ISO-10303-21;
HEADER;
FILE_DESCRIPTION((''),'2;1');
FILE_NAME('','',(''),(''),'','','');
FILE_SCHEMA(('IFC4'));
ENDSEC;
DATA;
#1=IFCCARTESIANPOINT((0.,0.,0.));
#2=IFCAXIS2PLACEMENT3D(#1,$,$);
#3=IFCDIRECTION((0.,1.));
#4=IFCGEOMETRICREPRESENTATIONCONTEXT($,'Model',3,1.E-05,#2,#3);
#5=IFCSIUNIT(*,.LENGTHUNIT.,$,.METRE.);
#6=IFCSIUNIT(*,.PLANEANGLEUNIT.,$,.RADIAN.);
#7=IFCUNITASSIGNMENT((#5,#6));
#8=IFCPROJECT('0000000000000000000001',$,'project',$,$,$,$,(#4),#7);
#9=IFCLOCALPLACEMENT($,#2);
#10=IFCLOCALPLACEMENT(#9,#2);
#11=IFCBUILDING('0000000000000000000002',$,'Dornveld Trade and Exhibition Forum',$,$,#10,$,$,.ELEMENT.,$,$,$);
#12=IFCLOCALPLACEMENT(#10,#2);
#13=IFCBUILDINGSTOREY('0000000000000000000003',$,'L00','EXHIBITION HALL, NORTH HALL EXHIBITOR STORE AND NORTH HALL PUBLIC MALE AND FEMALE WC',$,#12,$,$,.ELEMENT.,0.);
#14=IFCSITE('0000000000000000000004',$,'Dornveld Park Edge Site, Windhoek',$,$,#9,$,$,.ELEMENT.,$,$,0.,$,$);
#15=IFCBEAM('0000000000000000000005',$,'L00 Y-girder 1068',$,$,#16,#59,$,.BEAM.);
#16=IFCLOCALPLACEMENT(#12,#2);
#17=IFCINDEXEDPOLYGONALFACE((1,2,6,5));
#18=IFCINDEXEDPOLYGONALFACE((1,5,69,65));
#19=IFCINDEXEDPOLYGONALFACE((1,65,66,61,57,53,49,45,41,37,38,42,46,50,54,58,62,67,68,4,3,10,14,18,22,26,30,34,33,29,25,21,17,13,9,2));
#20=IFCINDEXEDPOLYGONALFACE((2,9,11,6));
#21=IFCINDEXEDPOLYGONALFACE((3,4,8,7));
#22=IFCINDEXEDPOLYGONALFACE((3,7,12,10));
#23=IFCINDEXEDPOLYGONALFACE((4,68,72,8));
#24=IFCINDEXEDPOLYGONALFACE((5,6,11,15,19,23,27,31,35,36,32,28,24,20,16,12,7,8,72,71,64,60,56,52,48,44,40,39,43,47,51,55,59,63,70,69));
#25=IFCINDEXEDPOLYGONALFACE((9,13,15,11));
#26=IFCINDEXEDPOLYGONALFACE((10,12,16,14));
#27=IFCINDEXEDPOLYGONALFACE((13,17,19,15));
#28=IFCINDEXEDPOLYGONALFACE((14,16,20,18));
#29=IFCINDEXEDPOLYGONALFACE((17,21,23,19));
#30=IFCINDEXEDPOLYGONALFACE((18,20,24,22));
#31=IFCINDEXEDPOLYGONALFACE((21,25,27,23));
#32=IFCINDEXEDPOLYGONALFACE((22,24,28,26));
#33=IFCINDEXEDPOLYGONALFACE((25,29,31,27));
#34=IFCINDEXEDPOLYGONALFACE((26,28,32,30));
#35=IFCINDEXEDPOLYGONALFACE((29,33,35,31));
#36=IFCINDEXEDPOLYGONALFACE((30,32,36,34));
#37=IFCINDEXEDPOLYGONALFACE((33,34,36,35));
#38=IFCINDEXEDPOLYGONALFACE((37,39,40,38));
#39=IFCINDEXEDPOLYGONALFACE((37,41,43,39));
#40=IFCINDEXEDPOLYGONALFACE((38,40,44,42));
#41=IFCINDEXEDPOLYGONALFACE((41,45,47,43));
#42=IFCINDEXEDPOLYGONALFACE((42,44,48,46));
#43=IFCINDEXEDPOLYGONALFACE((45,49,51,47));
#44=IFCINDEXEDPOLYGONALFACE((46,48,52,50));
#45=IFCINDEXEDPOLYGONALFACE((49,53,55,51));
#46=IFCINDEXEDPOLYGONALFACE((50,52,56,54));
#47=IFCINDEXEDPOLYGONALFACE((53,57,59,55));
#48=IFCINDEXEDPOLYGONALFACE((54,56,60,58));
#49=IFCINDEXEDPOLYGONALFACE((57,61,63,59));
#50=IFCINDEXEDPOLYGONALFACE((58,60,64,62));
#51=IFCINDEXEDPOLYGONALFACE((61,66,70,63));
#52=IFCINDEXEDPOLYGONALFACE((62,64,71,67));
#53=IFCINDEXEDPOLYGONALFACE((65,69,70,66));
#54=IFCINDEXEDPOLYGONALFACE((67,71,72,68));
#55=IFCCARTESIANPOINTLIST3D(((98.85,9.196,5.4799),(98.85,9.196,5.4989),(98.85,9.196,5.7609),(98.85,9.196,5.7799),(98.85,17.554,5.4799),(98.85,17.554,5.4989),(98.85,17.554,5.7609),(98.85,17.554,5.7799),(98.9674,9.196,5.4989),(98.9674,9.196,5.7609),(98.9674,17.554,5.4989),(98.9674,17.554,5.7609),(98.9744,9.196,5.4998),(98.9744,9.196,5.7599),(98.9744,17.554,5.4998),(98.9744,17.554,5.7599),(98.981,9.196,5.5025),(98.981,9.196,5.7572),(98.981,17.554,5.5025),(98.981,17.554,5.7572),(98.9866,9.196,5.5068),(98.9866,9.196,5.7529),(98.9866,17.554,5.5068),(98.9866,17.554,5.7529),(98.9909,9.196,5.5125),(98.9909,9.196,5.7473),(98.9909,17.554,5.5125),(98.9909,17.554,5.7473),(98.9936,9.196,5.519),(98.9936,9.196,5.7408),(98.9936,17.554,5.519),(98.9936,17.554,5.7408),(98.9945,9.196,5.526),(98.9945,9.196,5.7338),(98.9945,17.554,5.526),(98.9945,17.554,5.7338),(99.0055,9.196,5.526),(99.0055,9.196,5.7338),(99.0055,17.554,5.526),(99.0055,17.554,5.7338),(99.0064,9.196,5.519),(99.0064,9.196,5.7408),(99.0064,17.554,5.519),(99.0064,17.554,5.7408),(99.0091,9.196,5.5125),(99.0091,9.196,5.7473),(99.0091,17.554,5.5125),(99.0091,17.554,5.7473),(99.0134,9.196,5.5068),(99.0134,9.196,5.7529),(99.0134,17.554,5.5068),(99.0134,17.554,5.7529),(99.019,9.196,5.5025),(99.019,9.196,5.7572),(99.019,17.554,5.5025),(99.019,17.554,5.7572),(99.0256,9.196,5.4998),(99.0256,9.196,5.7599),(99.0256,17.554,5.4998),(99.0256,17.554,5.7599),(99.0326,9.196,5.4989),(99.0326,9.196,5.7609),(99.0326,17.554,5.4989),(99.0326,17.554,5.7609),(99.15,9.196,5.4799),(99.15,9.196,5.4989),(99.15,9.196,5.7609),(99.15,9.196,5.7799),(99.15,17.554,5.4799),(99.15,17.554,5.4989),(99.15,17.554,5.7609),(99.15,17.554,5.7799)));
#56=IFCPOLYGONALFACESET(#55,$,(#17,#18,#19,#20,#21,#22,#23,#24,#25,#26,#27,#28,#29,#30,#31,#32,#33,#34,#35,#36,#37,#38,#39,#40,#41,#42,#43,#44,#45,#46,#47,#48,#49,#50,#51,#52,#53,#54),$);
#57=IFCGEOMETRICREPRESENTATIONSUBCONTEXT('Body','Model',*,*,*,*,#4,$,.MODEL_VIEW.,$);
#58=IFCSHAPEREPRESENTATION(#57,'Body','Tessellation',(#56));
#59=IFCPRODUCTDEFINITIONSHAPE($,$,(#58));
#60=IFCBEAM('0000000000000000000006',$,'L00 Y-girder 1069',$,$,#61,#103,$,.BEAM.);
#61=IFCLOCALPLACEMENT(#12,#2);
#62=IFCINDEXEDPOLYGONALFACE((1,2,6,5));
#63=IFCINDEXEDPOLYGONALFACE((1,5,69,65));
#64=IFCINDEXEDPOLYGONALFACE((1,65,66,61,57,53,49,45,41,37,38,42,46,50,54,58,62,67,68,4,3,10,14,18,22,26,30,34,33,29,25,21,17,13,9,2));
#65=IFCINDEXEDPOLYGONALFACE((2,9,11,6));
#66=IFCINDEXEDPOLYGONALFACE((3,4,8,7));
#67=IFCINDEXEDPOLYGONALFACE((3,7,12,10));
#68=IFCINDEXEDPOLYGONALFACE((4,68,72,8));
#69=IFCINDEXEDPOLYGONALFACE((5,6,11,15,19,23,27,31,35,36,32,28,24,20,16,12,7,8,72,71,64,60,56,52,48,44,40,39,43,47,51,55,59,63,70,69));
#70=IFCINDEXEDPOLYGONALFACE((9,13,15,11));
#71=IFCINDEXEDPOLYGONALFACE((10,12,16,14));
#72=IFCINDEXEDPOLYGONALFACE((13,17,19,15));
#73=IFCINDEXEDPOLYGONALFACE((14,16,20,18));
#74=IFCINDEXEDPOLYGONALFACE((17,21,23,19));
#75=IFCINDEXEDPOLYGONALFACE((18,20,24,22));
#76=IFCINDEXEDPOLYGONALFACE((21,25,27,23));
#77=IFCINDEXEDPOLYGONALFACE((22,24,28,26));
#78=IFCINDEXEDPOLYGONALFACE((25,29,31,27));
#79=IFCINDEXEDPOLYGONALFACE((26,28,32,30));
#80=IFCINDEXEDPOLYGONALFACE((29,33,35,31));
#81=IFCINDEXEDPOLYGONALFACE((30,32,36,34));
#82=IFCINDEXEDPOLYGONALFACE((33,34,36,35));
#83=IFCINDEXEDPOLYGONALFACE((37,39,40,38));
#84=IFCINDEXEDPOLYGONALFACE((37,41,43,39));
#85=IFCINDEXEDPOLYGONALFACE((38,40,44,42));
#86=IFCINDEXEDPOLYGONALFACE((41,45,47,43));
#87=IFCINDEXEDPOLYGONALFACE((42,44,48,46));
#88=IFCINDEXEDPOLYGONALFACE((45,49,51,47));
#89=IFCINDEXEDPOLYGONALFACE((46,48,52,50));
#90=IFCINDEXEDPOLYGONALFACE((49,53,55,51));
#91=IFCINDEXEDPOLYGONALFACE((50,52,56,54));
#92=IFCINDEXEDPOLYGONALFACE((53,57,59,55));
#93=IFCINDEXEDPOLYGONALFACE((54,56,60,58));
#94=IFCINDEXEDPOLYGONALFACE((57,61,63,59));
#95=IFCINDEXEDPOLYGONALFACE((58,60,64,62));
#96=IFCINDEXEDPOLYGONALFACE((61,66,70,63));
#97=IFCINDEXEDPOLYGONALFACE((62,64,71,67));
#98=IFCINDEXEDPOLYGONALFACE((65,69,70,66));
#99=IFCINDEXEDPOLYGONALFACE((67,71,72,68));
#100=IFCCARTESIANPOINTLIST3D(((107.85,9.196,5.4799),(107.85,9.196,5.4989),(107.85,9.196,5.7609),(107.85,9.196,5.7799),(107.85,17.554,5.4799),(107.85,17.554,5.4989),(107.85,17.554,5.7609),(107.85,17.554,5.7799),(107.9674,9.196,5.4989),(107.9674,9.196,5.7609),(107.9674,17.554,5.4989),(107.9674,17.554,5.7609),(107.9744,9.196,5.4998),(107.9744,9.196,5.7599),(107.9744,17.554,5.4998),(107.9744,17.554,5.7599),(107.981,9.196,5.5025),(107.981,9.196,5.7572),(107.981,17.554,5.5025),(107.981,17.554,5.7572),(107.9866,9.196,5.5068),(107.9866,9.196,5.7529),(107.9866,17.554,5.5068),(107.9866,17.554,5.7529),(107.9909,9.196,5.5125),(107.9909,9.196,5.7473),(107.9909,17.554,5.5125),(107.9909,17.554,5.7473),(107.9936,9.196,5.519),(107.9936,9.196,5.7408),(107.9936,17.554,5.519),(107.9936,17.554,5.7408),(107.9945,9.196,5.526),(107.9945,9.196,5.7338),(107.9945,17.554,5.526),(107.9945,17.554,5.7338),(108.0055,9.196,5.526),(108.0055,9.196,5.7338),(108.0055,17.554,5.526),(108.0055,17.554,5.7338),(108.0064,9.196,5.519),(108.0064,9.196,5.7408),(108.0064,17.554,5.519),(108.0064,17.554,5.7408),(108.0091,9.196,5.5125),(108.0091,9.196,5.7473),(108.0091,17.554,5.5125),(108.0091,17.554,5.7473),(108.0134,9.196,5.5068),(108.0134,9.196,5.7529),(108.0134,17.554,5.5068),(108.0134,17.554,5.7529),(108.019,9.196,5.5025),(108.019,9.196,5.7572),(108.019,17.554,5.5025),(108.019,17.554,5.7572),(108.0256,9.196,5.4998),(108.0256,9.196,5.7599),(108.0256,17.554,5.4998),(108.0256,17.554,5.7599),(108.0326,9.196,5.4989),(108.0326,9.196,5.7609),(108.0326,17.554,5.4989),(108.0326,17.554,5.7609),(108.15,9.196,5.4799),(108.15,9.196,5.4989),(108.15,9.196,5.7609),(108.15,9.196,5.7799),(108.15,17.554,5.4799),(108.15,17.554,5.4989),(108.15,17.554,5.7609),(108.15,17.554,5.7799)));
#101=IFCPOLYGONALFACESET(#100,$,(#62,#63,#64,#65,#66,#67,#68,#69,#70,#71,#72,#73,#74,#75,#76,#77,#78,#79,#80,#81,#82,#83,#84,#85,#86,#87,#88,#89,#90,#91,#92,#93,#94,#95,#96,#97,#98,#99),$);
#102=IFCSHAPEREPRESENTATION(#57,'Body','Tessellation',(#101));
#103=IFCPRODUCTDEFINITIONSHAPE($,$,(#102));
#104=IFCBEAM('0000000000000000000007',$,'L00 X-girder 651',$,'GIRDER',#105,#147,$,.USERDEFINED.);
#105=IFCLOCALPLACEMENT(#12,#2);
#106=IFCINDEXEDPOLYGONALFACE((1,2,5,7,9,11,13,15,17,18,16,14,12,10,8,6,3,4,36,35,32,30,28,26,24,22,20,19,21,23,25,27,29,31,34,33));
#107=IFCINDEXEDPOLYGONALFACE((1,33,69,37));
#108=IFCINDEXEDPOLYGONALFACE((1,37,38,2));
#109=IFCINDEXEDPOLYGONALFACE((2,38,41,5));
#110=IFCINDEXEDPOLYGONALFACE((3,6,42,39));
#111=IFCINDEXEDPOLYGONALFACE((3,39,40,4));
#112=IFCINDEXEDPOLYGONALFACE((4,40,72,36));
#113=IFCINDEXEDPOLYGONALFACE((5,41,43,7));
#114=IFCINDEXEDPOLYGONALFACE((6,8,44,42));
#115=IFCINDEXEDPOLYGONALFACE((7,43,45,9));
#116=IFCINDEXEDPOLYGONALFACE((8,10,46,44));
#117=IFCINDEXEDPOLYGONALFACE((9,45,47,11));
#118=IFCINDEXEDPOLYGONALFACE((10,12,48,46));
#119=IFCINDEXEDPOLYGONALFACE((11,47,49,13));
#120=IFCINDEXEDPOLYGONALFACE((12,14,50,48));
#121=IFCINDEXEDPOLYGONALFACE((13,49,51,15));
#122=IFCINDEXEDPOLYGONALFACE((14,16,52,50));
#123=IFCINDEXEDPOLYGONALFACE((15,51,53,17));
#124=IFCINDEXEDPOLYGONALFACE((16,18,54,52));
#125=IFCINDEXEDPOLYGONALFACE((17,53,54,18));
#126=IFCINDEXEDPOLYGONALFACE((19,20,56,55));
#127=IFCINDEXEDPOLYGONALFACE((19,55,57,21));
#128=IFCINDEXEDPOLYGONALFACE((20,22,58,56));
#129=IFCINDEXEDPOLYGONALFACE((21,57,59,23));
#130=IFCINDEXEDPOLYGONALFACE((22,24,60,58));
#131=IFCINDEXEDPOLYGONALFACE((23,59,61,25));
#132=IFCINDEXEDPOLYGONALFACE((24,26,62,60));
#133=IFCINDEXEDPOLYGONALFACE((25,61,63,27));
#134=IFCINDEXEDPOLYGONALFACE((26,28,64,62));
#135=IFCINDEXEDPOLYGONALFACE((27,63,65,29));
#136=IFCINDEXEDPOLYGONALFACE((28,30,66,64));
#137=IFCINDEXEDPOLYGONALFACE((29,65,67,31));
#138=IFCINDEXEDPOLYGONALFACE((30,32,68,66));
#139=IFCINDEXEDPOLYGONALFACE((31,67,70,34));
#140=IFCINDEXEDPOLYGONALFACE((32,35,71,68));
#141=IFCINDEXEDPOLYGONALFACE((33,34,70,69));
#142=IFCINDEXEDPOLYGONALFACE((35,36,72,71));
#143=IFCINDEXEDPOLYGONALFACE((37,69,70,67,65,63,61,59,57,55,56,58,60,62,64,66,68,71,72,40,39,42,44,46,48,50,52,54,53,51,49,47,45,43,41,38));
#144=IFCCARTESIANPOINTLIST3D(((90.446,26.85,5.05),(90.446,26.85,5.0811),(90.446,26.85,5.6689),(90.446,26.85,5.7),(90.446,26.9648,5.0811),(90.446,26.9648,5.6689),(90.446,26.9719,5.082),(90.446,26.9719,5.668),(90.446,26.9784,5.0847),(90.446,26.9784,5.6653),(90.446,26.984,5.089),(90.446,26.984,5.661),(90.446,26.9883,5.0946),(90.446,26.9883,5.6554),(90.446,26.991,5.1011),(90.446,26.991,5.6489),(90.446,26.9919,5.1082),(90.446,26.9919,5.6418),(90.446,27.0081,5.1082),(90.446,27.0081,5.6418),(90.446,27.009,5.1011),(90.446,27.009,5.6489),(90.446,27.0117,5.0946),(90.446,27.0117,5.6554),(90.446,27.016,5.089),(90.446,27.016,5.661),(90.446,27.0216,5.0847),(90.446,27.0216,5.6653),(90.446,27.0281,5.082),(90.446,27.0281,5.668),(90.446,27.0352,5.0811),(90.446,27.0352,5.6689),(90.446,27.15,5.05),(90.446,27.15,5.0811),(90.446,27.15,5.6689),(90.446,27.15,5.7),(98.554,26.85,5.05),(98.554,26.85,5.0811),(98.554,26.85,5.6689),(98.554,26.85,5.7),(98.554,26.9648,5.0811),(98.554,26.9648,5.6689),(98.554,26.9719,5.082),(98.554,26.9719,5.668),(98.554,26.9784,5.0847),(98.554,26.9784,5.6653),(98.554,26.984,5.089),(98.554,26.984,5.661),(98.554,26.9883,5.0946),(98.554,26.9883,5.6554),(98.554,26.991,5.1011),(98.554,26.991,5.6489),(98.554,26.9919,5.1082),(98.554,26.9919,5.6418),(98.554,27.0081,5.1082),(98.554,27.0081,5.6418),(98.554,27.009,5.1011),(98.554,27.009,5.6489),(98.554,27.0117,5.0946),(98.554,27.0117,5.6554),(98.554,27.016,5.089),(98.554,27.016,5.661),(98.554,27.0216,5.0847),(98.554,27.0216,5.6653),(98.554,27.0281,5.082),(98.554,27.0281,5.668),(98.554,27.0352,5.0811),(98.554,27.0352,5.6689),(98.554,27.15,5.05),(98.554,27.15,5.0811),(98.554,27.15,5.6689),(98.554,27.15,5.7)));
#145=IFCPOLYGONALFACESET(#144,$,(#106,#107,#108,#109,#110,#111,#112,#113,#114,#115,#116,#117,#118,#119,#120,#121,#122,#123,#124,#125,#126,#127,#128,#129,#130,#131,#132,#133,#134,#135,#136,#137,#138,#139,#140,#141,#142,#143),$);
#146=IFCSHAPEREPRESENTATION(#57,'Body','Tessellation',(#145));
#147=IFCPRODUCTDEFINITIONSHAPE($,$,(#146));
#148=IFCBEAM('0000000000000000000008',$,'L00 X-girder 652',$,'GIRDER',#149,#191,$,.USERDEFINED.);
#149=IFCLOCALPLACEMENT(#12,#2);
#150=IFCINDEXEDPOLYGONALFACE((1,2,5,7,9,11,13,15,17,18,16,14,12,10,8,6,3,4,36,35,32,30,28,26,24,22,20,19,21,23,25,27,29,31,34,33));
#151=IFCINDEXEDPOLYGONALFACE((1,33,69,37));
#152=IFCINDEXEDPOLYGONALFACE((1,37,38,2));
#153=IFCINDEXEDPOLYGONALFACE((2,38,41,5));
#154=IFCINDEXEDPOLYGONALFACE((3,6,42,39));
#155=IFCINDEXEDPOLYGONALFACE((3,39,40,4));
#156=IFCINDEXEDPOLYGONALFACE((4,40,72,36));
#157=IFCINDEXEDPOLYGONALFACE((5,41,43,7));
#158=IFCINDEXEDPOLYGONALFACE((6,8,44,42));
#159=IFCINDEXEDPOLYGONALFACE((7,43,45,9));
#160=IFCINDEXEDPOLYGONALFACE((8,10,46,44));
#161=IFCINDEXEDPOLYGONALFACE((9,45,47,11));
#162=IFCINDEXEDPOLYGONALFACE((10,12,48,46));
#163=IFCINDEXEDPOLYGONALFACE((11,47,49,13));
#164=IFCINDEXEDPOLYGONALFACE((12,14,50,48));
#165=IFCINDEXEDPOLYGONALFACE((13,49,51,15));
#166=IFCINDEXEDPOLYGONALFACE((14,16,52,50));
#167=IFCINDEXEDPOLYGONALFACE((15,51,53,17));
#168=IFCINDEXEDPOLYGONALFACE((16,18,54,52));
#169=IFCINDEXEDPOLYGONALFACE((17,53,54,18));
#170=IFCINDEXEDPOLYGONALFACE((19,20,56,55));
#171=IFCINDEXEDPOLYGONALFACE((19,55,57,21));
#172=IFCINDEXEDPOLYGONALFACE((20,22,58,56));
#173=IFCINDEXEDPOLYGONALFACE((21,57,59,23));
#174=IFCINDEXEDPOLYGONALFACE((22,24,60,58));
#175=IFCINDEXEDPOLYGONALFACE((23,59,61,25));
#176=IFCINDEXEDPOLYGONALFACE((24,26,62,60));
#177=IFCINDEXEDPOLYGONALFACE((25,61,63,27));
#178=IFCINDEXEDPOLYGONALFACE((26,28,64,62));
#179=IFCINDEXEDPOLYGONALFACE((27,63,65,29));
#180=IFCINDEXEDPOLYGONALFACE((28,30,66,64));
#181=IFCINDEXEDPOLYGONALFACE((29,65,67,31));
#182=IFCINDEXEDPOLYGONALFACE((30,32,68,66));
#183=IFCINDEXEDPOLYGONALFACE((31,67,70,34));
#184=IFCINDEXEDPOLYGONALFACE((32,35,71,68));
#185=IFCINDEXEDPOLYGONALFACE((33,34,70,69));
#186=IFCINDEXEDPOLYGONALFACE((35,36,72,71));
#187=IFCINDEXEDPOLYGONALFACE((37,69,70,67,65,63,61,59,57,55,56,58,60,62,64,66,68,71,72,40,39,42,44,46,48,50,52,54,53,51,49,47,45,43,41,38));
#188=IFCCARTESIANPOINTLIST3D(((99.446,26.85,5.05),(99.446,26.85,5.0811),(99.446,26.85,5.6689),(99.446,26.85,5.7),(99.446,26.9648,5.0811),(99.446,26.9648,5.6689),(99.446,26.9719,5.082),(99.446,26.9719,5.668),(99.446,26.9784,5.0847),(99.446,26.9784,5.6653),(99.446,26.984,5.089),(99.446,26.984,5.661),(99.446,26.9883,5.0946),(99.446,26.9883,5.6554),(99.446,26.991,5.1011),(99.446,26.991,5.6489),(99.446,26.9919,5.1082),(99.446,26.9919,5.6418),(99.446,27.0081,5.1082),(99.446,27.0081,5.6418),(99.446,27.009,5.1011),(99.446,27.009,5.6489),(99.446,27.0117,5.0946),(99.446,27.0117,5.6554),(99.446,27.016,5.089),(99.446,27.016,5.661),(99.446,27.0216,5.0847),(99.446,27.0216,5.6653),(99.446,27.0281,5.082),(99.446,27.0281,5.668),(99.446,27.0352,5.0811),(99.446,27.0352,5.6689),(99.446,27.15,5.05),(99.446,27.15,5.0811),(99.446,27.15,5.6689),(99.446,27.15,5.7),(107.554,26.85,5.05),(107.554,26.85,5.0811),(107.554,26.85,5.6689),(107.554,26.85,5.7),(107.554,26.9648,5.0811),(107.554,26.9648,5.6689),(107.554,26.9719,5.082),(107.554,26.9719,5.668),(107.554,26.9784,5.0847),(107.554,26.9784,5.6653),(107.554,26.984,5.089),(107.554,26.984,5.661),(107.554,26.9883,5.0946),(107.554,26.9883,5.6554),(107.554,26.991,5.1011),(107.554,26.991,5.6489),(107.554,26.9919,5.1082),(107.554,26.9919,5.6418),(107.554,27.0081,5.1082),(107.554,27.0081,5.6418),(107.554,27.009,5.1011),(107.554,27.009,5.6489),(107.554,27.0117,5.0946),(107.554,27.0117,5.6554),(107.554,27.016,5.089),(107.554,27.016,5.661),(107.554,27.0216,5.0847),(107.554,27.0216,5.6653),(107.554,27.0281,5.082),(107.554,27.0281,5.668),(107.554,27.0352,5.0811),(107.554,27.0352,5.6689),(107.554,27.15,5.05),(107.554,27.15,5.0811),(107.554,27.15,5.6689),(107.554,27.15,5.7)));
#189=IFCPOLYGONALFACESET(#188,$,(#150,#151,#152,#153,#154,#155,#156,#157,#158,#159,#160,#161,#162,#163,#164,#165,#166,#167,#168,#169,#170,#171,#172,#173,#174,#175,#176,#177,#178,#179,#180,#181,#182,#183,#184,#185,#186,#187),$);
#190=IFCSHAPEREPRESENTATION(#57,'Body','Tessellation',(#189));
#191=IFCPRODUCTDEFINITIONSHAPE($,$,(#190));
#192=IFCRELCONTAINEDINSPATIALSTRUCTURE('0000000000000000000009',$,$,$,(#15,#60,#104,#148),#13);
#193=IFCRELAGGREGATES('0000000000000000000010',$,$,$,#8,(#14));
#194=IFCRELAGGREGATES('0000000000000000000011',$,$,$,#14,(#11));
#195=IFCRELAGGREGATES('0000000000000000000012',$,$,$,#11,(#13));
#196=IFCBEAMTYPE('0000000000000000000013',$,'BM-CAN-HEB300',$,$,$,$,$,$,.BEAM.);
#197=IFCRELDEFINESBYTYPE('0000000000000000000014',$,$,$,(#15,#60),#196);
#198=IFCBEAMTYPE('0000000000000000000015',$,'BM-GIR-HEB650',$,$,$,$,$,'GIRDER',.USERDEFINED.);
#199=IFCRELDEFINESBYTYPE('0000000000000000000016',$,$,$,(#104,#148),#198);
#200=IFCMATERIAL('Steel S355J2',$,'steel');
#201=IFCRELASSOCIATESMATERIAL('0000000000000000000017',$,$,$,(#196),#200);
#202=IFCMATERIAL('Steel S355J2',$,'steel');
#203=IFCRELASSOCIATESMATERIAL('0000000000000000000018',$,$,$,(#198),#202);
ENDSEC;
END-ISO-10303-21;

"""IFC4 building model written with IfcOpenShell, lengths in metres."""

from ifc_helpers import new_model, si_unit, direction, frame, origin, origin_2d, place, context, subcontext, project, spatial, i_section, extrude, material, material_profile, profile_set, type_object, element, save


model = new_model("IFC4")

# Units and contexts
model_context = context("Model", 3, precision=1e-05, world=origin(), true_north=direction((0.0, 1.0)))
body_context = subcontext(model_context, "Body", "Model", "MODEL_VIEW")
ifc_project = project(units=[si_unit("LENGTHUNIT", "METRE"), si_unit("PLANEANGLEUNIT", "RADIAN")], contexts=[model_context])

# Site, building, storey
site_placement = place(None, origin())
site = spatial("IfcSite", under=ifc_project, at=site_placement, Name="Dornveld Park Edge Site, Windhoek", CompositionType="ELEMENT", RefElevation=0.0)
building_placement = place(site_placement, origin())
building = spatial("IfcBuilding", under=site, at=building_placement, Name="Dornveld Trade and Exhibition Forum", CompositionType="ELEMENT")
storey_placement = place(building_placement, origin())
storey = spatial("IfcBuildingStorey", under=building, at=storey_placement, Name="L00", Description="EXHIBITION HALL, NORTH HALL EXHIBITOR STORE AND NORTH HALL PUBLIC MALE AND FEMALE WC", CompositionType="ELEMENT", Elevation=0.0)

# Beams
ifc_material_1 = material(Name="Steel S355J2", Category="steel")
ifc_material_profile_1 = material_profile(ifc_material_1, i_section(OverallWidth=0.3, OverallDepth=0.3, WebThickness=0.011, FlangeThickness=0.019, FilletRadius=0.0271, at=origin_2d()), Name="HEB 300")
ifc_profile_set_1 = profile_set([ifc_material_profile_1], Name="Steel S355J2")
beam_type_1 = type_object("IfcBeamType", Name="BM-CAN-HEB300", PredefinedType="BEAM", material=ifc_profile_set_1)
for number, where, z_axis, x_axis, name in (
    (1, (99.0, 9.196, 5.6299), (0.0, 1.0, 0.0), (-1.0, 0.0, 0.0), "L00 Y-girder 1068"),
    (2, (108.0, 9.196, 5.6299), (0.0, 1.0, 0.0), (-1.0, 0.0, 0.0), "L00 Y-girder 1069"),
):
    element("IfcBeam", number, at=place(storey_placement, frame(where, z_axis=z_axis, x_axis=x_axis)), inside=storey, type_object=beam_type_1, Name=name, PredefinedType="BEAM", context=body_context, shape_type="SweptSolid", body=[
        extrude(i_section(OverallWidth=0.3, OverallDepth=0.3, WebThickness=0.011, FlangeThickness=0.019, FilletRadius=0.0271, at=origin_2d()), origin(), (0.0, 0.0, 1.0), 8.3579),
    ])
ifc_material_2 = material(Name="Steel S355J2", Category="steel")
ifc_material_profile_2 = material_profile(ifc_material_2, i_section(OverallWidth=0.3, OverallDepth=0.6499, WebThickness=0.0161, FlangeThickness=0.031, FilletRadius=0.0271, at=origin_2d()), Name="HEB 650")
ifc_profile_set_2 = profile_set([ifc_material_profile_2], Name="Steel S355J2")
beam_type_2 = type_object("IfcBeamType", Name="BM-GIR-HEB650", ElementType="GIRDER", PredefinedType="USERDEFINED", material=ifc_profile_set_2)
for number, where, z_axis, x_axis, name in (
    (3, (90.446, 27.0, 5.375), (1.0, 0.0, 0.0), (0.0, 1.0, 0.0), "L00 X-girder 651"),
    (4, (99.446, 27.0, 5.375), (1.0, 0.0, 0.0), (0.0, 1.0, 0.0), "L00 X-girder 652"),
):
    element("IfcBeam", number, at=place(storey_placement, frame(where, z_axis=z_axis, x_axis=x_axis)), inside=storey, type_object=beam_type_2, Name=name, ObjectType="GIRDER", PredefinedType="USERDEFINED", context=body_context, shape_type="SweptSolid", body=[
        extrude(i_section(OverallWidth=0.3, OverallDepth=0.6499, WebThickness=0.0161, FlangeThickness=0.031, FilletRadius=0.0271, at=origin_2d()), origin(), (0.0, 0.0, 1.0), 8.1079),
    ])

save(model, "model.ifc")
